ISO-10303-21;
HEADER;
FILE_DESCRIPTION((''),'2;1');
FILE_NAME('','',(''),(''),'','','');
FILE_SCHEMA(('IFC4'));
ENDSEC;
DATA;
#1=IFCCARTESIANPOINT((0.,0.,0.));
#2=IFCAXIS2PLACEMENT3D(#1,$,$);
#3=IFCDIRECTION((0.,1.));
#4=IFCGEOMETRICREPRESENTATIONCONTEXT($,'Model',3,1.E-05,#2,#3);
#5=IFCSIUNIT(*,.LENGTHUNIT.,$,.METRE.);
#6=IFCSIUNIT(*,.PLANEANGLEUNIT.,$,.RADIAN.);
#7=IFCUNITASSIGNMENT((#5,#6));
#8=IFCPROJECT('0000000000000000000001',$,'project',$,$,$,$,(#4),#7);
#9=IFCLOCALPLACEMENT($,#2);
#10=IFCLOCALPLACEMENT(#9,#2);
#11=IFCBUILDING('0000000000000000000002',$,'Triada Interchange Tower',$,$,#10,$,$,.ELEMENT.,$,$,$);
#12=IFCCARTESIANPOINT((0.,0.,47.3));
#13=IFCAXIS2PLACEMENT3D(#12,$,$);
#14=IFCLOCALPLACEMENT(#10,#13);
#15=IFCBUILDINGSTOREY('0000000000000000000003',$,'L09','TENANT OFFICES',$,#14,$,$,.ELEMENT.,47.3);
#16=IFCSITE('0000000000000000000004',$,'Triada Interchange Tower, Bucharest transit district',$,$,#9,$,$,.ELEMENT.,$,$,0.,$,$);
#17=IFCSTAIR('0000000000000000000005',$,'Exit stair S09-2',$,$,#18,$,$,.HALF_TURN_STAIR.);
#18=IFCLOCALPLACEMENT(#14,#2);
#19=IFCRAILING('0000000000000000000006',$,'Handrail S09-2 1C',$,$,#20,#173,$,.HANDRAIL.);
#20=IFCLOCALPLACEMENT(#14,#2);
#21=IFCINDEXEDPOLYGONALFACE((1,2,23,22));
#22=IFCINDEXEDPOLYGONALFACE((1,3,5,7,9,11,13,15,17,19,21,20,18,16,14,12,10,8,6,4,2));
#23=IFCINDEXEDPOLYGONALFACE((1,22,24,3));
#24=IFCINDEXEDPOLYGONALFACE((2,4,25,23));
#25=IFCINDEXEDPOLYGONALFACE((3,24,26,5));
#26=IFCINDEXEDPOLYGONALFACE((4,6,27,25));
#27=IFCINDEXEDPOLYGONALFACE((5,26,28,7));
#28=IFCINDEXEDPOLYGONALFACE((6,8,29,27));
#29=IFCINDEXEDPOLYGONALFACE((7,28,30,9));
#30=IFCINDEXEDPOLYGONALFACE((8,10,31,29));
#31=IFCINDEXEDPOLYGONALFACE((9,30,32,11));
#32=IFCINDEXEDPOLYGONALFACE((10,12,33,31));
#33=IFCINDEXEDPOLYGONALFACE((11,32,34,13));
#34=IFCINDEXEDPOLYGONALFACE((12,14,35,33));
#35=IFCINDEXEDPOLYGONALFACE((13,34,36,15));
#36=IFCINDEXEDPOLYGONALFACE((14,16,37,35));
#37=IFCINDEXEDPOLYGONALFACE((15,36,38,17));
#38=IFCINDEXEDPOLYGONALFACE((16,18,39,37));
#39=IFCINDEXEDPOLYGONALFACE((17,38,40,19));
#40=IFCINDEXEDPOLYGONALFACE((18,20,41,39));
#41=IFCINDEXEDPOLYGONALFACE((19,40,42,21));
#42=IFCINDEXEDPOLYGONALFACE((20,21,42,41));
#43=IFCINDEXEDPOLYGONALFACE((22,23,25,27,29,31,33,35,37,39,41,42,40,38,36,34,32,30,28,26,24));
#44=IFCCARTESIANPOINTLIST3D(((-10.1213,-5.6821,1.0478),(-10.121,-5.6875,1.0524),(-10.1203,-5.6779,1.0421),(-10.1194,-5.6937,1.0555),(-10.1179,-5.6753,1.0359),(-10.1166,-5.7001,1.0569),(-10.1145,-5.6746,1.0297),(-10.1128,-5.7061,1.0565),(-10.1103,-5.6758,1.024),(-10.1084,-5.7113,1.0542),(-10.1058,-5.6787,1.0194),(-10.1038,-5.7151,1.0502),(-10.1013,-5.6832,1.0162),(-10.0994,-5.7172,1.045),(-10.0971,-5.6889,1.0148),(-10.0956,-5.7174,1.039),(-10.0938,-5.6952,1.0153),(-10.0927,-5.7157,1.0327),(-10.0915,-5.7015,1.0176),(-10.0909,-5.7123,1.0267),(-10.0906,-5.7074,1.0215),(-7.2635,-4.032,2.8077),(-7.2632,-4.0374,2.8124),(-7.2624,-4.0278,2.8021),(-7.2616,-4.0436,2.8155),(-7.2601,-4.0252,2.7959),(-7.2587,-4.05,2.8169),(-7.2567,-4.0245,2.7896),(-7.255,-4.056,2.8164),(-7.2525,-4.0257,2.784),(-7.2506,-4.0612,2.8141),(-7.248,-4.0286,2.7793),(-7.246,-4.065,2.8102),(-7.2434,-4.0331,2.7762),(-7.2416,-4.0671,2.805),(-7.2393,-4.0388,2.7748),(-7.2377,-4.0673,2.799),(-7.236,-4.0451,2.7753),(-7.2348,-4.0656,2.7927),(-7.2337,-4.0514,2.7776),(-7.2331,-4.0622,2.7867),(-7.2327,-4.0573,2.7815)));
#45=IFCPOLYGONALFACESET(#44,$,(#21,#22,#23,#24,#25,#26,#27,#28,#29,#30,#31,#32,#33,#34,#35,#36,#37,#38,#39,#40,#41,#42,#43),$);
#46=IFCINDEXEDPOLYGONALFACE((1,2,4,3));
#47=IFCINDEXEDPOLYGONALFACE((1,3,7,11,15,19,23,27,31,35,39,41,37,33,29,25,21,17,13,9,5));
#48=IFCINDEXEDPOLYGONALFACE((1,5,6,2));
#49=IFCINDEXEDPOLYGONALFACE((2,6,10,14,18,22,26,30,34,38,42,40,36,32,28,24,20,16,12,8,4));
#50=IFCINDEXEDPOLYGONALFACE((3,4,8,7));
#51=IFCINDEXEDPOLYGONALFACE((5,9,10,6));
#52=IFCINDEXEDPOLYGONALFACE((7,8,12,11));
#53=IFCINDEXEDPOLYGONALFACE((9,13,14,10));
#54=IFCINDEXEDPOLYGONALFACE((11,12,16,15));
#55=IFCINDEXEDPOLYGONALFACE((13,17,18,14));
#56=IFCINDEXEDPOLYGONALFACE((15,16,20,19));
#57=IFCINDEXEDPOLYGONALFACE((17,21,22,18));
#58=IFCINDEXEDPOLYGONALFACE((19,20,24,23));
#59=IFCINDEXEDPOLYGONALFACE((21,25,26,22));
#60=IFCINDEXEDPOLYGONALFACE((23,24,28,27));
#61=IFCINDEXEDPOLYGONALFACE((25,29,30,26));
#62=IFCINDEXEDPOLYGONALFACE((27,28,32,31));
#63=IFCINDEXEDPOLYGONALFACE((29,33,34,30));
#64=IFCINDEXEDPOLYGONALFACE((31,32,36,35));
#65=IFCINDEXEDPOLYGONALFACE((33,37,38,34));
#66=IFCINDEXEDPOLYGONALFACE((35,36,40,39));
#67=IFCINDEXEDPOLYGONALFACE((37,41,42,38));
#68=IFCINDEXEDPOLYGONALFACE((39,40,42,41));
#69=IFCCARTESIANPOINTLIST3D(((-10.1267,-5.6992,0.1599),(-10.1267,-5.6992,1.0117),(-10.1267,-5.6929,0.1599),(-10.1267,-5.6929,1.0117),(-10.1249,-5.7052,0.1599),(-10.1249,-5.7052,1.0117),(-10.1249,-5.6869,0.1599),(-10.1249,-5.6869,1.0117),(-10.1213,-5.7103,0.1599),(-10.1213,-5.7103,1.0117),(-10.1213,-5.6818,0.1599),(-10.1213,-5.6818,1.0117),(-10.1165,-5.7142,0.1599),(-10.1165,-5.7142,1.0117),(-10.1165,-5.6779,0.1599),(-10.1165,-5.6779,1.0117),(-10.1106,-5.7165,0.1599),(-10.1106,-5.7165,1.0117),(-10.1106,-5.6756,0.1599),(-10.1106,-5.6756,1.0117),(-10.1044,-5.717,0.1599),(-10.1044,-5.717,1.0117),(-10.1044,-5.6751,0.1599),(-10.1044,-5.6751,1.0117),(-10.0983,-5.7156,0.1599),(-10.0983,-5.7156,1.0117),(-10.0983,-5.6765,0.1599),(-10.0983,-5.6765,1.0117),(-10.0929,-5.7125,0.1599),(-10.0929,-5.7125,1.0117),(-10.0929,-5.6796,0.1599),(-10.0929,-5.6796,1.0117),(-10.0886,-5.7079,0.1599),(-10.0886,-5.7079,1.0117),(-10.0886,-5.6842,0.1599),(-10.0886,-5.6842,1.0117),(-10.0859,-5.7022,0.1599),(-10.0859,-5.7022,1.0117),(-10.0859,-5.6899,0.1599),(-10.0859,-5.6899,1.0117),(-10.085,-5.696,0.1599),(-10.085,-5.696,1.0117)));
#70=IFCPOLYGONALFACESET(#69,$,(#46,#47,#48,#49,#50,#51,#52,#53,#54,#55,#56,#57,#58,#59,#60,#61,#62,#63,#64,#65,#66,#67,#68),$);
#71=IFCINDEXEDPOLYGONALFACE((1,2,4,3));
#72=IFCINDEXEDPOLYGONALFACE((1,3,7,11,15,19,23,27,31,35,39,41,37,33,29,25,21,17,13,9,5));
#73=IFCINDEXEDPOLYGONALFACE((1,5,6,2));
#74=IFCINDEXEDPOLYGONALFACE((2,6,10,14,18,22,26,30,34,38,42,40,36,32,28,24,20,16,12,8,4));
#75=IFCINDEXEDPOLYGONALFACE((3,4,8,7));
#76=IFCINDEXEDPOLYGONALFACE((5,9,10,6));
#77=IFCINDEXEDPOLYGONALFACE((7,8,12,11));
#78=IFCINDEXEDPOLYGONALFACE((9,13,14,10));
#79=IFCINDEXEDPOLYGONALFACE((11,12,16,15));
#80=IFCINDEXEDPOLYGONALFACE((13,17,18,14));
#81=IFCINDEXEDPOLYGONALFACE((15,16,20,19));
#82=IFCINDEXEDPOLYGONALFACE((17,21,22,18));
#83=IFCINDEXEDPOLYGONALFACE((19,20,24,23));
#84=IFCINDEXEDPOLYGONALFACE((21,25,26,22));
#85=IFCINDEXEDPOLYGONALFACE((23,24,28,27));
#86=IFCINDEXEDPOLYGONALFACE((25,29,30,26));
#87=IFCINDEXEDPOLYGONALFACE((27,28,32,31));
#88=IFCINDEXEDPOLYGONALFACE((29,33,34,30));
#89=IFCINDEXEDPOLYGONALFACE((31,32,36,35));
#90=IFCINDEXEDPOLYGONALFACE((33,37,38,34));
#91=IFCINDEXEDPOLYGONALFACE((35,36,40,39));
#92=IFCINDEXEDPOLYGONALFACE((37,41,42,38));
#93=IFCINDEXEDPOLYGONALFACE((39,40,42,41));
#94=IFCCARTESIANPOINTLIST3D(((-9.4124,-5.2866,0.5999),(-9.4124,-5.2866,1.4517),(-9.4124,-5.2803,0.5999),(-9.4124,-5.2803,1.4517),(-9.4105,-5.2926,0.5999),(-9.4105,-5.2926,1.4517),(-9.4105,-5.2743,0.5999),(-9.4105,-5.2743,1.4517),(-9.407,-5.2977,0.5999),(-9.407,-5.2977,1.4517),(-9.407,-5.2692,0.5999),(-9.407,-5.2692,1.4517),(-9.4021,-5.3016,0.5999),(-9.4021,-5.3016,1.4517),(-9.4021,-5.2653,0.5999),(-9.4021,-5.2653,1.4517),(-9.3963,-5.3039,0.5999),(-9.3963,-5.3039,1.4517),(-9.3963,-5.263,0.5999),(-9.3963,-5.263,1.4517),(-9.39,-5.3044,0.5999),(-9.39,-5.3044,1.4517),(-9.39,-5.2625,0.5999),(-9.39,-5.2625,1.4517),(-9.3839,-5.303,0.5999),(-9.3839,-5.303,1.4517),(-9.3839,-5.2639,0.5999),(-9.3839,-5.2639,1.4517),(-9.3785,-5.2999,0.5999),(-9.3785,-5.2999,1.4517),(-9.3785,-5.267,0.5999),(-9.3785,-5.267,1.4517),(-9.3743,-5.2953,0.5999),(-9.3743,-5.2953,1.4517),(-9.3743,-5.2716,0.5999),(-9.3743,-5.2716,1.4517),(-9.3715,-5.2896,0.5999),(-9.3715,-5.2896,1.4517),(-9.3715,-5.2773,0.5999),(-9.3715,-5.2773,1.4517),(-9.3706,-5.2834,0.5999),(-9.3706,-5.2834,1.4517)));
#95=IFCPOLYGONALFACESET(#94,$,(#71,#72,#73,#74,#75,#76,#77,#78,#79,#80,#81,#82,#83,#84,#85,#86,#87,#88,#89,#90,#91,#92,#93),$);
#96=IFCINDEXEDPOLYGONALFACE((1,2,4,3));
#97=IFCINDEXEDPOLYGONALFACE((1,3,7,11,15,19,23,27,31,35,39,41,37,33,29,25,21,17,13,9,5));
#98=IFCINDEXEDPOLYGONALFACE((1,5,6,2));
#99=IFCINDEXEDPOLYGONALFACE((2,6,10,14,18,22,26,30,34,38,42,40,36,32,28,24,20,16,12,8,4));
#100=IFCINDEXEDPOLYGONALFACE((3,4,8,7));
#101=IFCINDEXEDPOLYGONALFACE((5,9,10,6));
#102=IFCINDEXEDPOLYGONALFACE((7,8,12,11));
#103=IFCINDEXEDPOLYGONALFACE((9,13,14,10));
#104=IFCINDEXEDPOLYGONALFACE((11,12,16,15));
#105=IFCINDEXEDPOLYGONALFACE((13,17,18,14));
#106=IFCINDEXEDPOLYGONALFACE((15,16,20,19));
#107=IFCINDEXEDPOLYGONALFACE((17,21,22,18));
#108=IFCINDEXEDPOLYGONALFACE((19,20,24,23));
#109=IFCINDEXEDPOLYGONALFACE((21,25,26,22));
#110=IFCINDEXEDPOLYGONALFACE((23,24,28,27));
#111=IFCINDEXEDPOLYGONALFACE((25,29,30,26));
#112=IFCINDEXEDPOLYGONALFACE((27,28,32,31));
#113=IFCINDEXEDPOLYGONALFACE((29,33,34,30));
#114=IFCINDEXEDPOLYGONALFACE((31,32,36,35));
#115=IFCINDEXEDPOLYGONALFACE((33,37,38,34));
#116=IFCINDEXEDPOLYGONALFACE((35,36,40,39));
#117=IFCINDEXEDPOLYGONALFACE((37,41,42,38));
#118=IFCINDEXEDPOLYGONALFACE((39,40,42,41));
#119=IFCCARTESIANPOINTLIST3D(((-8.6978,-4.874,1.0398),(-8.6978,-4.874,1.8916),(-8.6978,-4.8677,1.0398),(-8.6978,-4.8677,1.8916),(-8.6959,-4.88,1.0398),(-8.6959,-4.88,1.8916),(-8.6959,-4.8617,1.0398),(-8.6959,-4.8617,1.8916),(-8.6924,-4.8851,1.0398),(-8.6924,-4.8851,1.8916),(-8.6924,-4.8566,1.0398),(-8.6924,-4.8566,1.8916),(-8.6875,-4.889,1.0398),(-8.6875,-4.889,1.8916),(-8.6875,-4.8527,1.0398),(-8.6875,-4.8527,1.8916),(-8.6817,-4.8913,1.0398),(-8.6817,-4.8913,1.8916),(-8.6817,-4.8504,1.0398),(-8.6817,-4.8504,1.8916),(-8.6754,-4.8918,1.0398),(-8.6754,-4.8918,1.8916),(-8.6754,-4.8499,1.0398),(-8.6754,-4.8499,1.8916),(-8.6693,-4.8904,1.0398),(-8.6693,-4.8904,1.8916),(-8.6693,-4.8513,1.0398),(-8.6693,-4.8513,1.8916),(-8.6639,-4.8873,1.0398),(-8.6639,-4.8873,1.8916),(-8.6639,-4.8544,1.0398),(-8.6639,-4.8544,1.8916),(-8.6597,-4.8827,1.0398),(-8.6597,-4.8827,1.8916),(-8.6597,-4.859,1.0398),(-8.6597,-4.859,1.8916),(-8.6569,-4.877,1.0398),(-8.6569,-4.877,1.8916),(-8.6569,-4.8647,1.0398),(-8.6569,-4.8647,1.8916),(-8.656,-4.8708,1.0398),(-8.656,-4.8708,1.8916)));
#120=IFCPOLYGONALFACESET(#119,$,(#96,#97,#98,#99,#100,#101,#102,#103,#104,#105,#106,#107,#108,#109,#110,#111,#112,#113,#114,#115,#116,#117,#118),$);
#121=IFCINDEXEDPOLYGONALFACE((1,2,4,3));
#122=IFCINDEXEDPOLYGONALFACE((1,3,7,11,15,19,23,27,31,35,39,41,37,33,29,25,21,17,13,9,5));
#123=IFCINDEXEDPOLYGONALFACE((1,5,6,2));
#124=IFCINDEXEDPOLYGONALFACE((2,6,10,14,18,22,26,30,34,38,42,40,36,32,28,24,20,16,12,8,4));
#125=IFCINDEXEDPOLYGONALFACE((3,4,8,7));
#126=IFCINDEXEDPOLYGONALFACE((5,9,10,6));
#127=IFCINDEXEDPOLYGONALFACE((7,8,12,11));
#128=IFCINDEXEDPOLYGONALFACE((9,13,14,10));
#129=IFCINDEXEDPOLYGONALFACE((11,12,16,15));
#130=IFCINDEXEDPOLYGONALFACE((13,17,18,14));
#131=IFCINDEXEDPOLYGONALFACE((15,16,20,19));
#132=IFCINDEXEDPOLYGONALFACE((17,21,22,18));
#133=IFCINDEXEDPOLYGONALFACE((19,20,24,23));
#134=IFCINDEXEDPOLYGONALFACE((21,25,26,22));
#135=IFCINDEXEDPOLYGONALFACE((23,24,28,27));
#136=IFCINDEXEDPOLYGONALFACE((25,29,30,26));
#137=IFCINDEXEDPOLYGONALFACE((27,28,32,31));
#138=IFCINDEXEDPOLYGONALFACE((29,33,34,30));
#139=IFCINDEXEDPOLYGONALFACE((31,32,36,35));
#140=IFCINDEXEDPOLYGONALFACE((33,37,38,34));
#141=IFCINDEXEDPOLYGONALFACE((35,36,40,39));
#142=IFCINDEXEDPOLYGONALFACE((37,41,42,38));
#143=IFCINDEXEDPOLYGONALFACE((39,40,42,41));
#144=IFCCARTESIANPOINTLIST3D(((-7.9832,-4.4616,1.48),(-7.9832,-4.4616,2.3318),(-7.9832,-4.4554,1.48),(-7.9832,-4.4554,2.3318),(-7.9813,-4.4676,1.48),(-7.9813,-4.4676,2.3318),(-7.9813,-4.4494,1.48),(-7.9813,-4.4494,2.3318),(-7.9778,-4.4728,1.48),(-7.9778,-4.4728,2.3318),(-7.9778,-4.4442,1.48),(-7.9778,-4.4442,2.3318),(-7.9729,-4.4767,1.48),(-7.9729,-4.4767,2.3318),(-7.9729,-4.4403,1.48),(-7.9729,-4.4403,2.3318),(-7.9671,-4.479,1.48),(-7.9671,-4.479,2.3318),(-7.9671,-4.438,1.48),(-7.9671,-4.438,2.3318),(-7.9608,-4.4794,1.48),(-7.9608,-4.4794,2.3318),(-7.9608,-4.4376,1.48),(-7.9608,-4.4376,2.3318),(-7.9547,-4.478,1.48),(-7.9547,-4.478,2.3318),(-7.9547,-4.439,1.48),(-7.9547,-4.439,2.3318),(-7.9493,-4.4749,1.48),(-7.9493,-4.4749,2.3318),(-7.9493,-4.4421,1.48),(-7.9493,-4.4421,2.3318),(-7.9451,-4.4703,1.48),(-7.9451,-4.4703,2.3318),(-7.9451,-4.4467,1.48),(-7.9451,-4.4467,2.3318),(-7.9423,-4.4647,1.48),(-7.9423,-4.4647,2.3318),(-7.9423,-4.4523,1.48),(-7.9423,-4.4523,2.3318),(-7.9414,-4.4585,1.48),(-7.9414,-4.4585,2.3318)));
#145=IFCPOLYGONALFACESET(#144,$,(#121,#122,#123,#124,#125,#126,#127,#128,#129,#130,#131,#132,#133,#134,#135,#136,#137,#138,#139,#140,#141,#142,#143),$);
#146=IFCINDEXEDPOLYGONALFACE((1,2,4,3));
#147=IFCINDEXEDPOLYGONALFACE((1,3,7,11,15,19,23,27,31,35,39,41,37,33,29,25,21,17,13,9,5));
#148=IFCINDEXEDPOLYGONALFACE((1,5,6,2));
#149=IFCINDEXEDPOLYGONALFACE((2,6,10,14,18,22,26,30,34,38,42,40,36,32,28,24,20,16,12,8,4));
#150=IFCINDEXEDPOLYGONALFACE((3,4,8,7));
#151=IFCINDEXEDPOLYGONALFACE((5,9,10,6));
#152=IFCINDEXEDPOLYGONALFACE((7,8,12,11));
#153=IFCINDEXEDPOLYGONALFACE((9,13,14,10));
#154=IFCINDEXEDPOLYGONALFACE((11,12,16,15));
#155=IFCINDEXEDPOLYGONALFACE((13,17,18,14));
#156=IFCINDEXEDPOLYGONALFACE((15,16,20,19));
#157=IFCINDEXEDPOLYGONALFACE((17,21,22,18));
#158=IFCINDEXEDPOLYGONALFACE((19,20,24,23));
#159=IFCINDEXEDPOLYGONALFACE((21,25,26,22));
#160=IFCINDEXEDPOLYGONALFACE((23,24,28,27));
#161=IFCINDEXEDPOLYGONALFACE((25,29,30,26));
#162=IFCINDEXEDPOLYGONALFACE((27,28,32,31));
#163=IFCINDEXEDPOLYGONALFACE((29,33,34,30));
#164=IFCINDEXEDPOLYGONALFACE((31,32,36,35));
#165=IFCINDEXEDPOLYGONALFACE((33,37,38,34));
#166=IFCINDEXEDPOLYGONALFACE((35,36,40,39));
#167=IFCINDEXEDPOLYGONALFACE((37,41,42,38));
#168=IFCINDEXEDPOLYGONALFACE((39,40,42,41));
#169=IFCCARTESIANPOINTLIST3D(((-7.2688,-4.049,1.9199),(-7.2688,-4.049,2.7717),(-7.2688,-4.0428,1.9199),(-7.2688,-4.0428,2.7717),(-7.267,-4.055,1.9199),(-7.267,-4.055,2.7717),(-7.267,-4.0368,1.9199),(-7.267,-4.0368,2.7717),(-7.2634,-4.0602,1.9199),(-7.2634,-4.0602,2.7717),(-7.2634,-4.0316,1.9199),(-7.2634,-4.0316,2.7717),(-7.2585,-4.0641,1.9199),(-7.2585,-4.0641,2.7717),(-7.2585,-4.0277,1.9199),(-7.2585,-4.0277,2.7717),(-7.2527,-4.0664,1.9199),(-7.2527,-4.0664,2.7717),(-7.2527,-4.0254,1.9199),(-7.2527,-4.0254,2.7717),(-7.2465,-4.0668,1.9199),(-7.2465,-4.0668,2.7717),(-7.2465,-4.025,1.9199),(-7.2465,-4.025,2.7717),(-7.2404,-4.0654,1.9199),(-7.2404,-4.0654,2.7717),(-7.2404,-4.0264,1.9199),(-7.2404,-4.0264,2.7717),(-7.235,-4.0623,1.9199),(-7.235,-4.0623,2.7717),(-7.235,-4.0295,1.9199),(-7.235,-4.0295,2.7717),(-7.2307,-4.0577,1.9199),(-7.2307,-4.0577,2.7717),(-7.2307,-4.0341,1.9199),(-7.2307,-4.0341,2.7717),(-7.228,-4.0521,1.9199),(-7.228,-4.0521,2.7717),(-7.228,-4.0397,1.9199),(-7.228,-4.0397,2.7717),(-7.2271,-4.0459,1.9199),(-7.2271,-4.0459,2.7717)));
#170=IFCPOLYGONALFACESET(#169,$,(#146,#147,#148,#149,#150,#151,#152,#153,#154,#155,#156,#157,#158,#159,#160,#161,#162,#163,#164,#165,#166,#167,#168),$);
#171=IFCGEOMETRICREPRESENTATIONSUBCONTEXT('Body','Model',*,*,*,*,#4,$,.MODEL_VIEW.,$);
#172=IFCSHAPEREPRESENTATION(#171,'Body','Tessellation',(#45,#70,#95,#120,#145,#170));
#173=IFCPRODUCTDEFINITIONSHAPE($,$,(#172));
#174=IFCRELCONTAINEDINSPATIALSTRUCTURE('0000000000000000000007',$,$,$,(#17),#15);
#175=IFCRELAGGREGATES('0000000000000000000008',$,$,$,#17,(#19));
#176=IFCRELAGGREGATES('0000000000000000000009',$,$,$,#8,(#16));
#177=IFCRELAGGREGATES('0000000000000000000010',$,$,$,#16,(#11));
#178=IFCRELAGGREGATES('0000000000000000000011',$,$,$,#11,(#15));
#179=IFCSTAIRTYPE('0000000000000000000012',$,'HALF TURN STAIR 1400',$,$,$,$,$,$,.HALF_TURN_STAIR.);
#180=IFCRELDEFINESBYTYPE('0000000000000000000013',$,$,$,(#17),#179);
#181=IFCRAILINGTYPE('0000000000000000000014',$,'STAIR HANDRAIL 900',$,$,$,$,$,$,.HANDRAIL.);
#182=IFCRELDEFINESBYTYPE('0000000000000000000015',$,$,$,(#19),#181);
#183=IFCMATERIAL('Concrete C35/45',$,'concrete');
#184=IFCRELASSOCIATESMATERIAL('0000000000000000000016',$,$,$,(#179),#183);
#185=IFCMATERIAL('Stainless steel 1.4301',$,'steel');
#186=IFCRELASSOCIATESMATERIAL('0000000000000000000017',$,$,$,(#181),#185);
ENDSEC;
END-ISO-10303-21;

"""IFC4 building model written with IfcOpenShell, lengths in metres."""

from ifc_helpers import new_model, si_unit, direction, frame, origin, origin_2d, place, context, subcontext, project, spatial, circle, extrude, material, type_object, element, aggregate, save


model = new_model("IFC4")

# Units and contexts
model_context = context("Model", 3, precision=1e-05, world=origin(), true_north=direction((0.0, 1.0)))
body_context = subcontext(model_context, "Body", "Model", "MODEL_VIEW")
ifc_project = project(units=[si_unit("LENGTHUNIT", "METRE"), si_unit("PLANEANGLEUNIT", "RADIAN")], contexts=[model_context])

# Site, building, storey
site_placement = place(None, origin())
site = spatial("IfcSite", under=ifc_project, at=site_placement, Name="Triada Interchange Tower, Bucharest transit district", CompositionType="ELEMENT", RefElevation=0.0)
building_placement = place(site_placement, origin())
building = spatial("IfcBuilding", under=site, at=building_placement, Name="Triada Interchange Tower", CompositionType="ELEMENT")
storey_placement = place(building_placement, frame((0.0, 0.0, 47.3)))
storey = spatial("IfcBuildingStorey", under=building, at=storey_placement, Name="L09", Description="TENANT OFFICES", CompositionType="ELEMENT", Elevation=47.3)

# Stair, railing
ifc_material_1 = material(Name="Concrete C35/45", Category="concrete")
stair_type = type_object("IfcStairType", Name="HALF TURN STAIR 1400", PredefinedType="HALF_TURN_STAIR", material=ifc_material_1)
stair_placement = place(storey_placement, origin())
stair = element("IfcStair", 1, at=stair_placement, inside=storey, type_object=stair_type, Name="Exit stair S09-2", PredefinedType="HALF_TURN_STAIR")
ifc_material_2 = material(Name="Stainless steel 1.4301", Category="steel")
railing_type = type_object("IfcRailingType", Name="STAIR HANDRAIL 900", PredefinedType="HANDRAIL", material=ifc_material_2)
railing_1_placement = place(storey_placement, frame((-10.106, -5.696, 0.1599)))
railing_1 = element("IfcRailing", 2, at=railing_1_placement, type_object=railing_type, Name="Handrail S09-2 1C", PredefinedType="HANDRAIL", context=body_context, shape_type="SweptSolid", body=[
    extrude(circle(Radius=0.0239, at=origin_2d()), frame((0.0, 0.0, 0.876), z_axis=(0.764129, 0.441205, 0.47058), x_axis=(-0.50003, 0.866008, 0.0)), (0.0, 0.0, 1.0), 3.74),
    extrude(circle(Radius=0.021, at=origin_2d()), origin(), (0.0, 0.0, 1.0), 0.8518),
    extrude(circle(Radius=0.021, at=origin_2d()), frame((0.7144, 0.4126, 0.4399)), (0.0, 0.0, 1.0), 0.8518),
    extrude(circle(Radius=0.021, at=origin_2d()), frame((1.429, 0.8252, 0.8799)), (0.0, 0.0, 1.0), 0.8518),
    extrude(circle(Radius=0.021, at=origin_2d()), frame((2.1436, 1.2375, 1.3201)), (0.0, 0.0, 1.0), 0.8518),
    extrude(circle(Radius=0.021, at=origin_2d()), frame((2.8579, 1.6501, 1.76)), (0.0, 0.0, 1.0), 0.8518),
])
aggregate(stair, [railing_1])

save(model, "model.ifc")
